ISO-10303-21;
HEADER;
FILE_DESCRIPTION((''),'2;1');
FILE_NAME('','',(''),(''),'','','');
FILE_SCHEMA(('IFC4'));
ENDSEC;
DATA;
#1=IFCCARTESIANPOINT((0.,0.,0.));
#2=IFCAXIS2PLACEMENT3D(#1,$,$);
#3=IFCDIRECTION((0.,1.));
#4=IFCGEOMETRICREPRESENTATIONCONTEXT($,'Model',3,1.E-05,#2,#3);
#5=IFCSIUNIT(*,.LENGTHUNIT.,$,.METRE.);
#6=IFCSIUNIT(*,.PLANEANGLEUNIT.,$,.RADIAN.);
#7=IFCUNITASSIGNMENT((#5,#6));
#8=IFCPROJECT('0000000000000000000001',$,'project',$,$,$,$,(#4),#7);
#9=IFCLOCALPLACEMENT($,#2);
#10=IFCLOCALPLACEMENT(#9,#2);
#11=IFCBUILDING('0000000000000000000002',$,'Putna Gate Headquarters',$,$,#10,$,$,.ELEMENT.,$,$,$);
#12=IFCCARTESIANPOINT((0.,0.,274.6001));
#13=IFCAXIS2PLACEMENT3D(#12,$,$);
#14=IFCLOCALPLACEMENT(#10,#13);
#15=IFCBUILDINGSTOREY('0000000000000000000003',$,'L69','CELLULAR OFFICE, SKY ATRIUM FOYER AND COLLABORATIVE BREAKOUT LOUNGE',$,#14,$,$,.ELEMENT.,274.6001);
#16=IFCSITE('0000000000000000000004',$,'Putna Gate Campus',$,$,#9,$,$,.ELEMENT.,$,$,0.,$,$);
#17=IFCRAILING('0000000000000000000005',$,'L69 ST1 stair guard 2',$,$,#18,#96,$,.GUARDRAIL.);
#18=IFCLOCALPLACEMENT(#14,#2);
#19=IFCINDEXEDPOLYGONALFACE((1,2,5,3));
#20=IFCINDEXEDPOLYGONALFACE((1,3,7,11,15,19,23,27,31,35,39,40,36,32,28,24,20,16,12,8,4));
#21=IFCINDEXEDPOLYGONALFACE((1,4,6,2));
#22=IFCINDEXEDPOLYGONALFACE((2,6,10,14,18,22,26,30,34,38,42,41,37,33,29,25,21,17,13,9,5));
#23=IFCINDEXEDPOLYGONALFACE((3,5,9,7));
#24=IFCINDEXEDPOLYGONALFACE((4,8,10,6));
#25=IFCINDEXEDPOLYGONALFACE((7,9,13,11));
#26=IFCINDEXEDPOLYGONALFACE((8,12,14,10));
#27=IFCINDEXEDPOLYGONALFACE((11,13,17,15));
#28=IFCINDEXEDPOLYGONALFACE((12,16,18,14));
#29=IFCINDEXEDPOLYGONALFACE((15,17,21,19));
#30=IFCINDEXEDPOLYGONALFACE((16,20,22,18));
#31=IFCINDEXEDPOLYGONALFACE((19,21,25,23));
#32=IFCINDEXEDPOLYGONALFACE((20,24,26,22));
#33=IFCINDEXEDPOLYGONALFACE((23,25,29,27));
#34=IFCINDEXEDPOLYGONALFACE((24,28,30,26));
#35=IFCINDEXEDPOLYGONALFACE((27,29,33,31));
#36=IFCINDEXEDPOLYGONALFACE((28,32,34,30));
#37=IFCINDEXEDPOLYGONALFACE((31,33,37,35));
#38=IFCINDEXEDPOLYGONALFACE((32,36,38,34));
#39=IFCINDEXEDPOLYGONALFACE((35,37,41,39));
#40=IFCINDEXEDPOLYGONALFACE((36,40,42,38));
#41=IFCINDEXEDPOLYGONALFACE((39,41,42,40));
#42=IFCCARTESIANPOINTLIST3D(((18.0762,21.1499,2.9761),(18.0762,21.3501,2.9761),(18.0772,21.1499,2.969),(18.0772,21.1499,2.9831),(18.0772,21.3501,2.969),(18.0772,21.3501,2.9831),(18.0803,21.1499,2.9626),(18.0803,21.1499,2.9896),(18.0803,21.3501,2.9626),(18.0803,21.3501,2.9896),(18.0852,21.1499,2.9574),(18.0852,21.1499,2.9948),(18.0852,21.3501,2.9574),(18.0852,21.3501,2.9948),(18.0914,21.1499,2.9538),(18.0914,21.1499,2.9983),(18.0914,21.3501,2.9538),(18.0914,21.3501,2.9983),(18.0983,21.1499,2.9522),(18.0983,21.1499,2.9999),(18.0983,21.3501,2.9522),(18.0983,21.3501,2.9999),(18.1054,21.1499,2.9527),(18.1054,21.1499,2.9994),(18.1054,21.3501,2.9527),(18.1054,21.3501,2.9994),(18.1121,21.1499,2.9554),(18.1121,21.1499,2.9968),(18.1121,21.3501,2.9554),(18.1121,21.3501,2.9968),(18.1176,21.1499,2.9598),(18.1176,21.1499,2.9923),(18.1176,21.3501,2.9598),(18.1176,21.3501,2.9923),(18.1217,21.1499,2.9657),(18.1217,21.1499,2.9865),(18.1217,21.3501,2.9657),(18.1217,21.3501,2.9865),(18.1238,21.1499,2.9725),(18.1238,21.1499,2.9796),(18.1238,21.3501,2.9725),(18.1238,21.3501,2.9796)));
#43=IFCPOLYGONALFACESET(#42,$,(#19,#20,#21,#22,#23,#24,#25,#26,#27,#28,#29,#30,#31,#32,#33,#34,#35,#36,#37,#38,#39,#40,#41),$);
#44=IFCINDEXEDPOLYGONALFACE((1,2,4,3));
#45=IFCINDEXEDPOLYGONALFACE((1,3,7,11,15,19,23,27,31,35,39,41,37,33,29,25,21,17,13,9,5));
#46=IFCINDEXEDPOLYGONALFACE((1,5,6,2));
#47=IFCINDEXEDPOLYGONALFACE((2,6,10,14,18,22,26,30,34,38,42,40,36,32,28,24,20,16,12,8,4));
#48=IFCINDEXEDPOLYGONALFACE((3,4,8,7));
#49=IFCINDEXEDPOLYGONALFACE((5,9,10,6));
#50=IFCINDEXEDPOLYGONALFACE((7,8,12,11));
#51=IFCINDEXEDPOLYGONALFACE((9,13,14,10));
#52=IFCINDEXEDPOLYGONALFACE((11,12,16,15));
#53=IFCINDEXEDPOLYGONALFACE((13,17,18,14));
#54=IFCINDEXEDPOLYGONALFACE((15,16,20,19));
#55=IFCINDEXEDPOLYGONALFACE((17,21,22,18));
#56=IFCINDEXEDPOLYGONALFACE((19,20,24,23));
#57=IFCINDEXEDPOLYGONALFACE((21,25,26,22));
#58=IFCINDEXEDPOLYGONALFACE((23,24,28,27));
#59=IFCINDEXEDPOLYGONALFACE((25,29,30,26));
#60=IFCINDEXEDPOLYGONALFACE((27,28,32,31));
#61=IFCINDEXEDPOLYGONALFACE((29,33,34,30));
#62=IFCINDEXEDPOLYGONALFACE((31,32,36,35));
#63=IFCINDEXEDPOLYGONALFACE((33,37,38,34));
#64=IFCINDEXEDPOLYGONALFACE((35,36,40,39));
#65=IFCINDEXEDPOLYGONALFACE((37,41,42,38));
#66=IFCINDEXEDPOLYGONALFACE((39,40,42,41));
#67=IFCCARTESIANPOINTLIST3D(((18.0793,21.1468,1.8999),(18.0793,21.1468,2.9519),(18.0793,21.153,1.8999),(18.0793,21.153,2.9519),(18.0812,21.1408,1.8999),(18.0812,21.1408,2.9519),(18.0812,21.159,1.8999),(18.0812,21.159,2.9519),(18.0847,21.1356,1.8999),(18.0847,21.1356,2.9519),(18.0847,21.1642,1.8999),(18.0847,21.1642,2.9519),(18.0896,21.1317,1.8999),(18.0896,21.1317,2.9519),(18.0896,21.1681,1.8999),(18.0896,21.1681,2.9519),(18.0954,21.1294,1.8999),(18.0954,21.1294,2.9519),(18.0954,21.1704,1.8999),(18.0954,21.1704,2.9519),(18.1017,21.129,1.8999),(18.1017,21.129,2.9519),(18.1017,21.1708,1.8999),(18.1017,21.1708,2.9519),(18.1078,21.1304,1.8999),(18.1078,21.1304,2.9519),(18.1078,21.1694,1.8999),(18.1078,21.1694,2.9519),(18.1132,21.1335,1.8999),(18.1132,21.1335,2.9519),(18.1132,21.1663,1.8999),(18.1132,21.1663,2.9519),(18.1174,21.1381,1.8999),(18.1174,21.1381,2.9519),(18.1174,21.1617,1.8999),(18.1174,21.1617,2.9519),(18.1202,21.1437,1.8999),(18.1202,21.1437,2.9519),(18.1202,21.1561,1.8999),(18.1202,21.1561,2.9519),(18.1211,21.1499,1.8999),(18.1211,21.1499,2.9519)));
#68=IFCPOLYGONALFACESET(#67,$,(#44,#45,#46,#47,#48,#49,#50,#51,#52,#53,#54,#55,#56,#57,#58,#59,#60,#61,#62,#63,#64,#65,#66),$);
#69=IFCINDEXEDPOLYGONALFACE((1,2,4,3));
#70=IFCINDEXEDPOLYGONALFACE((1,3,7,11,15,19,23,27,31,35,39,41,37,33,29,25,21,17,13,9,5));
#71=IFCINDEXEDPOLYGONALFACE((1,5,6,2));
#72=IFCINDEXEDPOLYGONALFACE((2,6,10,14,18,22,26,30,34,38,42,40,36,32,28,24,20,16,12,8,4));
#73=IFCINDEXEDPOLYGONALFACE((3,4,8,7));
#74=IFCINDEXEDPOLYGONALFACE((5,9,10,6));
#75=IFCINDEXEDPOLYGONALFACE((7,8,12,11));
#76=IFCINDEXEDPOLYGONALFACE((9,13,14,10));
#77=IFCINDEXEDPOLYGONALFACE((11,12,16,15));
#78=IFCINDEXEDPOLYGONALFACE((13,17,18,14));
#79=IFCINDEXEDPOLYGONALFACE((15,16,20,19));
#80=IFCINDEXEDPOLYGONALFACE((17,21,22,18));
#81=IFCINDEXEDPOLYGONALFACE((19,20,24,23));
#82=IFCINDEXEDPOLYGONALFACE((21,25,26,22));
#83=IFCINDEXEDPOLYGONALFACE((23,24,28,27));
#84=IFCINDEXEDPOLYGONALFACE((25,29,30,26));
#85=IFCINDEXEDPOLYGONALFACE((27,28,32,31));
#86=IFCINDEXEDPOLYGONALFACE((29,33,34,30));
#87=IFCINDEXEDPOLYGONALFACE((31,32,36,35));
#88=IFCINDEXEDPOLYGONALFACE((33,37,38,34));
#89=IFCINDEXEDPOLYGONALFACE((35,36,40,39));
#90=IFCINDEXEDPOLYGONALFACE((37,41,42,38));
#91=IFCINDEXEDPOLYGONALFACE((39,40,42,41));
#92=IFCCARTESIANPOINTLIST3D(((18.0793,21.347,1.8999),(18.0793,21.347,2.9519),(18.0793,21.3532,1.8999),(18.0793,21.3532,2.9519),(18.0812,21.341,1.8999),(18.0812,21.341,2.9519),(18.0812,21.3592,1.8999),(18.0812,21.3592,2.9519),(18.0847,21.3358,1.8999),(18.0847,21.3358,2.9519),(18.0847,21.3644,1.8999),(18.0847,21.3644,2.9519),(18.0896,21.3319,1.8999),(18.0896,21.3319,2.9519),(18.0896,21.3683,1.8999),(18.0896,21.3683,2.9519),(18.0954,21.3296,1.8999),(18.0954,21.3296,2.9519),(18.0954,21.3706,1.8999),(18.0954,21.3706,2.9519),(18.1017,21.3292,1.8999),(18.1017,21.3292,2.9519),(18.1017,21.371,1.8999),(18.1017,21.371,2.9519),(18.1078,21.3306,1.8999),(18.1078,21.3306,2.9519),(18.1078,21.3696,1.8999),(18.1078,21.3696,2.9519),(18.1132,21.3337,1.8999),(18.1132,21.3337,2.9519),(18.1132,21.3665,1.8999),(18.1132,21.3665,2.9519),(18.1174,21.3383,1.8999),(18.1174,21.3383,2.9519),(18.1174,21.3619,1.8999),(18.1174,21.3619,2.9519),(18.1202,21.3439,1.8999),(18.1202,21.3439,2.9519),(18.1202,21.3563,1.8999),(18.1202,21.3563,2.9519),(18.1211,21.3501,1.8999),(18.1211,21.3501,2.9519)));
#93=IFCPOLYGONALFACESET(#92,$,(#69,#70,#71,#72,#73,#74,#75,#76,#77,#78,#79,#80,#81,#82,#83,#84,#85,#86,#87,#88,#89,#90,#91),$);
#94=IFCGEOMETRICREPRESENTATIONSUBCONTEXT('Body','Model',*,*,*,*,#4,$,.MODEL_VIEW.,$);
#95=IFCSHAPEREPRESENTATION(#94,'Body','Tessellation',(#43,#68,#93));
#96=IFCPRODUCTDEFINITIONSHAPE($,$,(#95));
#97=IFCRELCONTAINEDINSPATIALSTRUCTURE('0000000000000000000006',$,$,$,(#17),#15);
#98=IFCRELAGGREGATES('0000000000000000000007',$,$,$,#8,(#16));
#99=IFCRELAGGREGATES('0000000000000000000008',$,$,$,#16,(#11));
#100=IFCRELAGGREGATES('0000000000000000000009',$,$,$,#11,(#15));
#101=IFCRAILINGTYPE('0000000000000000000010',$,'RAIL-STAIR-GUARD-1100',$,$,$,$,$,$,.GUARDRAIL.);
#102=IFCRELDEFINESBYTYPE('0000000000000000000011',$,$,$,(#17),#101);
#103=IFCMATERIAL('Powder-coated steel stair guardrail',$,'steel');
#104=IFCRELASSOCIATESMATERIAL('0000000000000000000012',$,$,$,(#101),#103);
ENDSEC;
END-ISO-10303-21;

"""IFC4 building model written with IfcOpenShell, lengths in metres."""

from ifc_helpers import new_model, si_unit, direction, frame, origin, origin_2d, place, context, subcontext, project, spatial, circle, extrude, material, type_object, element, save


model = new_model("IFC4")

# Units and contexts
model_context = context("Model", 3, precision=1e-05, world=origin(), true_north=direction((0.0, 1.0)))
body_context = subcontext(model_context, "Body", "Model", "MODEL_VIEW")
ifc_project = project(units=[si_unit("LENGTHUNIT", "METRE"), si_unit("PLANEANGLEUNIT", "RADIAN")], contexts=[model_context])

# Site, building, storey
site_placement = place(None, origin())
site = spatial("IfcSite", under=ifc_project, at=site_placement, Name="Putna Gate Campus", CompositionType="ELEMENT", RefElevation=0.0)
building_placement = place(site_placement, origin())
building = spatial("IfcBuilding", under=site, at=building_placement, Name="Putna Gate Headquarters", CompositionType="ELEMENT")
storey_placement = place(building_placement, frame((0.0, 0.0, 274.6001)))
storey = spatial("IfcBuildingStorey", under=building, at=storey_placement, Name="L69", Description="CELLULAR OFFICE, SKY ATRIUM FOYER AND COLLABORATIVE BREAKOUT LOUNGE", CompositionType="ELEMENT", Elevation=274.6001)

# Railing
ifc_material_1 = material(Name="Powder-coated steel stair guardrail", Category="steel")
railing_type_1 = type_object("IfcRailingType", Name="RAIL-STAIR-GUARD-1100", PredefinedType="GUARDRAIL", material=ifc_material_1)
railing_1_placement = place(storey_placement, frame((18.1001, 21.1499, 1.8999)))
element("IfcRailing", 1, at=railing_1_placement, inside=storey, type_object=railing_type_1, Name="L69 ST1 stair guard 2", PredefinedType="GUARDRAIL", context=body_context, shape_type="SweptSolid", body=[
    extrude(circle(Radius=0.0239, at=origin_2d()), frame((0.0, 0.0, 1.0762), z_axis=(0.0, 1.0, 0.0), x_axis=(-1.0, 0.0, 0.0)), (0.0, 0.0, 1.0), 0.2002),
    extrude(circle(Radius=0.021, at=origin_2d()), origin(), (0.0, 0.0, 1.0), 1.052),
    extrude(circle(Radius=0.021, at=origin_2d()), frame((0.0, 0.2002, 0.0)), (0.0, 0.0, 1.0), 1.052),
])

save(model, "model.ifc")
